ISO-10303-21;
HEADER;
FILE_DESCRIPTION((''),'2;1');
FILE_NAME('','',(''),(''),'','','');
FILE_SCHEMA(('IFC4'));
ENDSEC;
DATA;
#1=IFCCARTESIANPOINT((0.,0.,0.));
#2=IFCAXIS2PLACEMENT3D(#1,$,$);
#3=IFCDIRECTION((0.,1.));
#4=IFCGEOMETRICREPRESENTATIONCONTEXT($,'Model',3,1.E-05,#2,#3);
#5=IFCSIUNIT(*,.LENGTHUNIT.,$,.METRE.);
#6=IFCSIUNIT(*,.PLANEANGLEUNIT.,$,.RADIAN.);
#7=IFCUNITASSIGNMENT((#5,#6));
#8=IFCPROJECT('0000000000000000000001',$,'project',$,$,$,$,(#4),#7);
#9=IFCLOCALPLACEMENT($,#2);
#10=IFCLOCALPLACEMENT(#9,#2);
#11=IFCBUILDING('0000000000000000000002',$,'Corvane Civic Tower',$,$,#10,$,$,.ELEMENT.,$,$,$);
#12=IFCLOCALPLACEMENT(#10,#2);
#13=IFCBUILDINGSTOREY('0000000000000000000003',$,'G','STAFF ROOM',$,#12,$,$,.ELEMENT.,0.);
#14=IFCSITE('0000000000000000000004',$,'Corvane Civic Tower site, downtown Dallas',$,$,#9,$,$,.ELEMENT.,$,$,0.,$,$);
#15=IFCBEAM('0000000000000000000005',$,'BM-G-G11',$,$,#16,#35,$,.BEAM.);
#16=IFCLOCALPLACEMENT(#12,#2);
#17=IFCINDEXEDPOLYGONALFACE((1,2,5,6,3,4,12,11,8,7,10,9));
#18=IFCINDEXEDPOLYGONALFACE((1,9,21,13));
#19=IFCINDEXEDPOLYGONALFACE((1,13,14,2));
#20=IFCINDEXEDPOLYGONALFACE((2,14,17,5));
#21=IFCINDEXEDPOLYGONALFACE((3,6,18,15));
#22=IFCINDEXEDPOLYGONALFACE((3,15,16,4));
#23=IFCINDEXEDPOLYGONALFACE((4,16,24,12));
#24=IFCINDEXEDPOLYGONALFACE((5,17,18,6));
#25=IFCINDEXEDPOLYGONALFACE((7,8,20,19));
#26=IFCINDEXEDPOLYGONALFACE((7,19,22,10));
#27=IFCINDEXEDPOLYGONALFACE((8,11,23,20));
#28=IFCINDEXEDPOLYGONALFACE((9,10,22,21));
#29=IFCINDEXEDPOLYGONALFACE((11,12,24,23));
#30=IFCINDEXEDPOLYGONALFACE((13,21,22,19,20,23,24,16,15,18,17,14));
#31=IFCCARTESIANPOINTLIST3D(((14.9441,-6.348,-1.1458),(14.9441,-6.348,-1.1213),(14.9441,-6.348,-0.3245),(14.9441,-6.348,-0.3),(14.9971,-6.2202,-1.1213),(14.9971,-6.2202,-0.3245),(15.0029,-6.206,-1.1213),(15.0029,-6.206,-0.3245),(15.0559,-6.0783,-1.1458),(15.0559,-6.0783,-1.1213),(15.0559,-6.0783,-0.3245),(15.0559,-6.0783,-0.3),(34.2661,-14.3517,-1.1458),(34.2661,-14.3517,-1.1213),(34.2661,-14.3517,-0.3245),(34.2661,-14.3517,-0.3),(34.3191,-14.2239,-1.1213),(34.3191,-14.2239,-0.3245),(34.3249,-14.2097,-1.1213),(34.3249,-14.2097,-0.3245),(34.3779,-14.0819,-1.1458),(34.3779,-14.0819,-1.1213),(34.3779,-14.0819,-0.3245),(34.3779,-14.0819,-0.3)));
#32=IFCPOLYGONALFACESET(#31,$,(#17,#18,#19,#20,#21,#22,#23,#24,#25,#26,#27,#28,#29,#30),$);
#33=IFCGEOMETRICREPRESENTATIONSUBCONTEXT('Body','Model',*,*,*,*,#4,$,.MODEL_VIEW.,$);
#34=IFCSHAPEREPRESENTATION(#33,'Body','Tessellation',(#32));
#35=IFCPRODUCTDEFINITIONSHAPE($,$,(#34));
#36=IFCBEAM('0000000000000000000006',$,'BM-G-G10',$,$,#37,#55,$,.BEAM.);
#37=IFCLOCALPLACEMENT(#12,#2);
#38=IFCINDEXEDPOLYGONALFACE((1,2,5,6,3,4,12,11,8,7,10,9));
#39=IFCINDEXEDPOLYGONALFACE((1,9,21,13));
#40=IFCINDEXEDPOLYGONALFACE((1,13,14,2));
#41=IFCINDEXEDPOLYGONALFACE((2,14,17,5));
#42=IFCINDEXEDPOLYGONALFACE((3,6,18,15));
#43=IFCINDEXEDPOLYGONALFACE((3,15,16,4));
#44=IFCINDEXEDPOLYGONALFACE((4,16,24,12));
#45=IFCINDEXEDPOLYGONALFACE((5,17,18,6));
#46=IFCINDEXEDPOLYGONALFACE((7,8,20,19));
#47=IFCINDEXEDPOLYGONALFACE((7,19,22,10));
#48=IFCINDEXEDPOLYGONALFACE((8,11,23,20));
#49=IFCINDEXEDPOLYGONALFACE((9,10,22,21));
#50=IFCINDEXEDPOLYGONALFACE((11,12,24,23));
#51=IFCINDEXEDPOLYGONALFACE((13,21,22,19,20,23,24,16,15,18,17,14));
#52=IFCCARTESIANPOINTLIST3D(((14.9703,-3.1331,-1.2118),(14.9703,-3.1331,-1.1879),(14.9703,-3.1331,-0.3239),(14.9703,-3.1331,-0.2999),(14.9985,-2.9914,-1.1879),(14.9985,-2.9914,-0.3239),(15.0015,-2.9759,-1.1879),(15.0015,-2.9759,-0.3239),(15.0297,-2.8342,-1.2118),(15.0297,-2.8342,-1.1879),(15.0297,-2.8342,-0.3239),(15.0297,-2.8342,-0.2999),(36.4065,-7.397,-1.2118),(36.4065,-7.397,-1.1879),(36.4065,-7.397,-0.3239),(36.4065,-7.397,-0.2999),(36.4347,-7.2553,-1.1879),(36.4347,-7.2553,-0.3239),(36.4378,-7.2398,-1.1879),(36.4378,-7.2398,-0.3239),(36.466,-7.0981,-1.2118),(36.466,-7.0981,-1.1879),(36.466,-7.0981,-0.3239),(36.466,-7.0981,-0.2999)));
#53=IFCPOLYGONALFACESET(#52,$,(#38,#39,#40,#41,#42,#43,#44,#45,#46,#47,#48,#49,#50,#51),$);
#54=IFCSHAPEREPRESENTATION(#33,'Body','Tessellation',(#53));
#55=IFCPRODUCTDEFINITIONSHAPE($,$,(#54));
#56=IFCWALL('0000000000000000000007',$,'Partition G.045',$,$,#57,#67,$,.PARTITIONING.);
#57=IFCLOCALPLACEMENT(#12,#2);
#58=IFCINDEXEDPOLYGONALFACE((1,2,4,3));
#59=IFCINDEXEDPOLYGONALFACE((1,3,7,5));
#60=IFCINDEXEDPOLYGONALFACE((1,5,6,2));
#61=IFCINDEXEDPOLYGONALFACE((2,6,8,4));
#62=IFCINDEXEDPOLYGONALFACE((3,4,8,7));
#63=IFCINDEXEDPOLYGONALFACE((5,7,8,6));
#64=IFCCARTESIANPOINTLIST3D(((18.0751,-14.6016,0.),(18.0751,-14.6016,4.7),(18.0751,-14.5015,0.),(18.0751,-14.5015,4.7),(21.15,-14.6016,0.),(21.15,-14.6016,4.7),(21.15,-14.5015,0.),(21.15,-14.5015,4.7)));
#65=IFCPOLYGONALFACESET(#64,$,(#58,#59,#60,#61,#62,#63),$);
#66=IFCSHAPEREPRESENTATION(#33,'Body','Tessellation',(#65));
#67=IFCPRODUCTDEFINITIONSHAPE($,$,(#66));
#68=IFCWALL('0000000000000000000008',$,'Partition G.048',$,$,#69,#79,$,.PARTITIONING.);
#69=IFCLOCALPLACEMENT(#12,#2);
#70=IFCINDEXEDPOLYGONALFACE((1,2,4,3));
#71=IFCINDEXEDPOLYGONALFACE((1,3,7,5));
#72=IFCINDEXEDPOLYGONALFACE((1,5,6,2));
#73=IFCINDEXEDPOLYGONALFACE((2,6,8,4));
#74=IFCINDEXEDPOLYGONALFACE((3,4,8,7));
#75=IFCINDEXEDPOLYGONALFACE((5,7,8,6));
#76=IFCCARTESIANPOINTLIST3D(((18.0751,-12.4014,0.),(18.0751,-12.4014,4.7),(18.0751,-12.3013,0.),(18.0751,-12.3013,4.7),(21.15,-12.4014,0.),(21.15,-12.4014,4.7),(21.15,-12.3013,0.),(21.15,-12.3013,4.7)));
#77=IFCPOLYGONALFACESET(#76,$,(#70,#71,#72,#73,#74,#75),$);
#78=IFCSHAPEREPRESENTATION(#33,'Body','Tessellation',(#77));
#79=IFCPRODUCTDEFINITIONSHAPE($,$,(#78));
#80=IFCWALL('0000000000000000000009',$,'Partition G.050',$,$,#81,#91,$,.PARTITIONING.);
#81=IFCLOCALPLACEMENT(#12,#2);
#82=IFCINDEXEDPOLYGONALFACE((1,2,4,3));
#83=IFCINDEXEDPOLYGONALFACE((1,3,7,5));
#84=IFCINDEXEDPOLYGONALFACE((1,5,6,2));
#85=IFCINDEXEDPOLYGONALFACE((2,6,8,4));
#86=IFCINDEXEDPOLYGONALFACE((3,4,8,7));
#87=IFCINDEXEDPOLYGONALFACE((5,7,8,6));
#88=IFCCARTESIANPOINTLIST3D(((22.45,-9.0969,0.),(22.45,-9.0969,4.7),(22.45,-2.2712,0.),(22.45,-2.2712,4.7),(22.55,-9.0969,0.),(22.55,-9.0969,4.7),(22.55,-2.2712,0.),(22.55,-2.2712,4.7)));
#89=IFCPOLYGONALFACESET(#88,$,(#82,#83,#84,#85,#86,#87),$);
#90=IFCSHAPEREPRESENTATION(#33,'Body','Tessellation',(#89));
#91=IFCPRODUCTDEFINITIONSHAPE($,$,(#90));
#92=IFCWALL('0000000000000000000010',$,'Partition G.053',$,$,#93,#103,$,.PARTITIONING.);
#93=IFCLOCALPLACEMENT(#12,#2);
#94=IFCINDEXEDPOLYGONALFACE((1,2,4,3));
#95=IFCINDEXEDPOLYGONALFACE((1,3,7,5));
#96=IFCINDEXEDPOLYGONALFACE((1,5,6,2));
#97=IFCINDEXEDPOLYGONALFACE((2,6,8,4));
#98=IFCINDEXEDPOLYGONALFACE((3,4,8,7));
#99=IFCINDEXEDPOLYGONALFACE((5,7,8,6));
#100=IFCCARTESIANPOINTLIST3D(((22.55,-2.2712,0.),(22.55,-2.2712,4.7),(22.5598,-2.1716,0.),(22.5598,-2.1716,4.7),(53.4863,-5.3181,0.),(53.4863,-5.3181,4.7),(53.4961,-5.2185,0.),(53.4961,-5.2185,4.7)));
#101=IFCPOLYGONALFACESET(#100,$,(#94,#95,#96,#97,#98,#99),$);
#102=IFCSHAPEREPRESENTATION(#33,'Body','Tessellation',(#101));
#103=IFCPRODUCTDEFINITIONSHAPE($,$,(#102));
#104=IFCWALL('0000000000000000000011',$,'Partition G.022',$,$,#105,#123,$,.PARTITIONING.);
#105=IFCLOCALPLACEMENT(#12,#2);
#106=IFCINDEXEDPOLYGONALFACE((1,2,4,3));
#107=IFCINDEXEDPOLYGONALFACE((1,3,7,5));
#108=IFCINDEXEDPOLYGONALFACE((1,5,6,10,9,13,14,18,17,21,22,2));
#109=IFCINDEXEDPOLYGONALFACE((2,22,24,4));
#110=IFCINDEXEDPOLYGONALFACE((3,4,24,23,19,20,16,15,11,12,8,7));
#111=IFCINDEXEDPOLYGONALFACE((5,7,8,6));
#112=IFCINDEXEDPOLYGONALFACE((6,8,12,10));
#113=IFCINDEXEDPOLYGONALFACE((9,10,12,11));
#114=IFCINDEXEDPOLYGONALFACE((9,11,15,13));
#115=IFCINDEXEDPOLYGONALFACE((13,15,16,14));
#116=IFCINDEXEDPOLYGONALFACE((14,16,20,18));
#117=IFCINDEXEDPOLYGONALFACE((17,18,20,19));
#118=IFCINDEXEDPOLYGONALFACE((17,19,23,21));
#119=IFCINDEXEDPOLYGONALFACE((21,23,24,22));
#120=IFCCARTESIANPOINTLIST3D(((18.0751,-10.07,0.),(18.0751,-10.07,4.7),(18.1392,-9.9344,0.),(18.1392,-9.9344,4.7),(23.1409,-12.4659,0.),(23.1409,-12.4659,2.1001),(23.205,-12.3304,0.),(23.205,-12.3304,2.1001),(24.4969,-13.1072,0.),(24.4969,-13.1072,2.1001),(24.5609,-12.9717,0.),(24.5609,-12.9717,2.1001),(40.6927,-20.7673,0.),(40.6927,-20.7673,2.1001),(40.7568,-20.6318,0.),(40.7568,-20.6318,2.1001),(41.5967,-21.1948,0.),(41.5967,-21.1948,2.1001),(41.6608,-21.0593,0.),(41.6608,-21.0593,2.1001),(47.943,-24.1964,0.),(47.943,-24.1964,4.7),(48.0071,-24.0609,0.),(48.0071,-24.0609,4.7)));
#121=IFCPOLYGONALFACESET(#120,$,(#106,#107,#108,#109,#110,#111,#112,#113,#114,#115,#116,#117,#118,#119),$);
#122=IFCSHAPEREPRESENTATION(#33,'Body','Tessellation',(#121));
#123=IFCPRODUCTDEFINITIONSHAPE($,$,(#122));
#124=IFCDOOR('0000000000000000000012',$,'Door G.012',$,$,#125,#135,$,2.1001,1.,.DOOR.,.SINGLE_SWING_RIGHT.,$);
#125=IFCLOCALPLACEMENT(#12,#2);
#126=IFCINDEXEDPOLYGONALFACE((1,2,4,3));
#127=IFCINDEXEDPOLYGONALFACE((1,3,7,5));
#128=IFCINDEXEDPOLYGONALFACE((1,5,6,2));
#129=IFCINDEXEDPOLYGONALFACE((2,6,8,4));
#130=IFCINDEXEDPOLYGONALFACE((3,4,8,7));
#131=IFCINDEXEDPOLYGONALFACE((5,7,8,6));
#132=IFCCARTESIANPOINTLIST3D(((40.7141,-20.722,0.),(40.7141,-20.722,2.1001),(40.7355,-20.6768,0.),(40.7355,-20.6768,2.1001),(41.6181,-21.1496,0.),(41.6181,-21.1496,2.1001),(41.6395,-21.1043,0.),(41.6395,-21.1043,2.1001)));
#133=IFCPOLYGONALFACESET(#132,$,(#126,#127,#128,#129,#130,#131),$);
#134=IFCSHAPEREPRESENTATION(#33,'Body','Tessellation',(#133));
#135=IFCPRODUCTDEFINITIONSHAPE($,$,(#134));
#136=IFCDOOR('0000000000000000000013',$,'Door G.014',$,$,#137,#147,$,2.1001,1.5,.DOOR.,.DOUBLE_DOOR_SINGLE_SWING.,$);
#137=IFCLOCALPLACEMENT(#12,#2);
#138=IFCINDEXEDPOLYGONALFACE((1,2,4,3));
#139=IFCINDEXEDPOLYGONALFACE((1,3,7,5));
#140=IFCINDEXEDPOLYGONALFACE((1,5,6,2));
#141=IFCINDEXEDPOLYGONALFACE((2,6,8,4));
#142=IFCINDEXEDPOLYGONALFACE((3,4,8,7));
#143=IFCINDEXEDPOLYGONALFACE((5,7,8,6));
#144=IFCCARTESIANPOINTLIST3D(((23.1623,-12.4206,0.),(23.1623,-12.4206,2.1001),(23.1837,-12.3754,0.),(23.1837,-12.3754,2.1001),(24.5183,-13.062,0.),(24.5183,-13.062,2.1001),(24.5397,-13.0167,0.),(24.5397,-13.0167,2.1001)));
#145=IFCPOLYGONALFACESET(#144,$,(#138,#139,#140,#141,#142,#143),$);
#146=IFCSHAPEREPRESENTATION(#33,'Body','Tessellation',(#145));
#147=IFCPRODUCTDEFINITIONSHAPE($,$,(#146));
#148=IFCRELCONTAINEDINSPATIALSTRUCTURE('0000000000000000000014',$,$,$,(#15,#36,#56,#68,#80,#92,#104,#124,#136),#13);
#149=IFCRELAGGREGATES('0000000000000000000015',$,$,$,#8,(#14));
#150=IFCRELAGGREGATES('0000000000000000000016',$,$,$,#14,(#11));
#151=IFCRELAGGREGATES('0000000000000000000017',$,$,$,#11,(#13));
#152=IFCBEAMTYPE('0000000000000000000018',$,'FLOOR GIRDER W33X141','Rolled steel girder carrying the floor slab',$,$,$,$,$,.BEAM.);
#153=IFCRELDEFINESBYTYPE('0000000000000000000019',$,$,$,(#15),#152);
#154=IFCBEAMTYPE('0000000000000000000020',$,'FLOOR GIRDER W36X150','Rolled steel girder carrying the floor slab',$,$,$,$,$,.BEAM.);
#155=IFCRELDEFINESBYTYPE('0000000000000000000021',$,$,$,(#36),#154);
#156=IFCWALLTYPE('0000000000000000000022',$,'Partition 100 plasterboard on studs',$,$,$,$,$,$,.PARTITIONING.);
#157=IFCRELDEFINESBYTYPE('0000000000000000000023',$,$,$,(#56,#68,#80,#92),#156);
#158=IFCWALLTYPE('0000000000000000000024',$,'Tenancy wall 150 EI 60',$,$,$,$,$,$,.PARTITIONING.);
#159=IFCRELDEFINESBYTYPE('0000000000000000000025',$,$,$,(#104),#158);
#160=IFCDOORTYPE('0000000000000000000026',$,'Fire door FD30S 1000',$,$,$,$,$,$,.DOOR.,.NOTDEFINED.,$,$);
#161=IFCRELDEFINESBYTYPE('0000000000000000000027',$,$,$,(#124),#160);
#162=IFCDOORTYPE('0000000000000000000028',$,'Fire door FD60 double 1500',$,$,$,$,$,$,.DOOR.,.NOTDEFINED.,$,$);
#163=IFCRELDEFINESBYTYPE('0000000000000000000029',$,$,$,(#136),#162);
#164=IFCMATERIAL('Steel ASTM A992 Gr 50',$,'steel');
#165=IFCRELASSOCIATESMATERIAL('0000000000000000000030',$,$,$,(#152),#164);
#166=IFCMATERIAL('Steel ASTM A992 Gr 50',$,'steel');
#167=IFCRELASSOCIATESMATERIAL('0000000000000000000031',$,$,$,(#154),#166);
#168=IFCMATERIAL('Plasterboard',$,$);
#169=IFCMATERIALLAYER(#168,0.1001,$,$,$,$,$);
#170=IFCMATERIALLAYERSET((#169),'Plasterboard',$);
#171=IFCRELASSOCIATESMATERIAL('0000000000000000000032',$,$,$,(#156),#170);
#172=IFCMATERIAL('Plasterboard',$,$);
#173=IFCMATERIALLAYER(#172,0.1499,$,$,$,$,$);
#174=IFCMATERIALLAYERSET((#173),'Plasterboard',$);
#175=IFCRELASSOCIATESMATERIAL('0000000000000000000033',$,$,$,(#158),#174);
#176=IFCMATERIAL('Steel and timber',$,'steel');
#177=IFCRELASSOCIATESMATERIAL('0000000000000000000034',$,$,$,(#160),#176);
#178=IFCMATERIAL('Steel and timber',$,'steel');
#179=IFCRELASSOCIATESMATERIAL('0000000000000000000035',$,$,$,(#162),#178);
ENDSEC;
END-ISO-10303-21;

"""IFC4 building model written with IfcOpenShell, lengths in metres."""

from ifc_helpers import new_model, si_unit, direction, frame, frame_2d, origin, origin_2d, place, context, subcontext, project, spatial, rectangle, i_section, extrude, material, layer, layer_set, material_profile, profile_set, type_object, element, fill, save


model = new_model("IFC4")

# Units and contexts
model_context = context("Model", 3, precision=1e-05, world=origin(), true_north=direction((0.0, 1.0)))
body_context = subcontext(model_context, "Body", "Model", "MODEL_VIEW")
ifc_project = project(units=[si_unit("LENGTHUNIT", "METRE"), si_unit("PLANEANGLEUNIT", "RADIAN")], contexts=[model_context])

# Site, building, storey
site_placement = place(None, origin())
site = spatial("IfcSite", under=ifc_project, at=site_placement, Name="Corvane Civic Tower site, downtown Dallas", CompositionType="ELEMENT", RefElevation=0.0)
building_placement = place(site_placement, origin())
building = spatial("IfcBuilding", under=site, at=building_placement, Name="Corvane Civic Tower", CompositionType="ELEMENT")
storey_placement = place(building_placement, origin())
storey = spatial("IfcBuildingStorey", under=building, at=storey_placement, Name="G", Description="STAFF ROOM", CompositionType="ELEMENT", Elevation=0.0)

# Beams
ifc_material_1 = material(Name="Steel ASTM A992 Gr 50", Category="steel")
ifc_material_profile_1 = material_profile(ifc_material_1, i_section(OverallWidth=0.292, OverallDepth=0.8457, WebThickness=0.0154, FlangeThickness=0.0244, at=origin_2d()), Name="W33X141")
ifc_profile_set_1 = profile_set([ifc_material_profile_1], Name="Steel ASTM A992 Gr 50")
beam_type_1 = type_object("IfcBeamType", Name="FLOOR GIRDER W33X141", Description="Rolled steel girder carrying the floor slab", PredefinedType="BEAM", material=ifc_profile_set_1)
beam_1_placement = place(storey_placement, frame((15.0, -6.2131, -0.7229), z_axis=(0.923876, -0.382692, 0.0), x_axis=(0.382692, 0.923876, 0.0)))
element("IfcBeam", 1, at=beam_1_placement, inside=storey, type_object=beam_type_1, Name="BM-G-G11", PredefinedType="BEAM", context=body_context, shape_type="SweptSolid", body=[
    extrude(i_section(OverallWidth=0.292, OverallDepth=0.8457, WebThickness=0.0154, FlangeThickness=0.0244, at=origin_2d()), origin(), (0.0, 0.0, 1.0), 20.9141),
])
ifc_material_2 = material(Name="Steel ASTM A992 Gr 50", Category="steel")
ifc_material_profile_2 = material_profile(ifc_material_2, i_section(OverallWidth=0.3047, OverallDepth=0.9119, WebThickness=0.0159, FlangeThickness=0.0239, at=origin_2d()), Name="W36X150")
ifc_profile_set_2 = profile_set([ifc_material_profile_2], Name="Steel ASTM A992 Gr 50")
beam_type_2 = type_object("IfcBeamType", Name="FLOOR GIRDER W36X150", Description="Rolled steel girder carrying the floor slab", PredefinedType="BEAM", material=ifc_profile_set_2)
beam_2_placement = place(storey_placement, frame((15.0, -2.9836, -0.7559), z_axis=(0.980785, -0.195089, 0.0), x_axis=(0.195089, 0.980785, 0.0)))
element("IfcBeam", 2, at=beam_2_placement, inside=storey, type_object=beam_type_2, Name="BM-G-G10", PredefinedType="BEAM", context=body_context, shape_type="SweptSolid", body=[
    extrude(i_section(OverallWidth=0.3047, OverallDepth=0.9119, WebThickness=0.0159, FlangeThickness=0.0239, at=origin_2d()), origin(), (0.0, 0.0, 1.0), 21.8562),
])

# Walls
ifc_material_3 = material(Name="Plasterboard")
ifc_layer_1 = layer(ifc_material_3, 0.1001)
ifc_layer_set_1 = layer_set([ifc_layer_1], Name="Plasterboard")
wall_type_1 = type_object("IfcWallType", Name="Partition 100 plasterboard on studs", PredefinedType="PARTITIONING", material=ifc_layer_set_1)
for number, where, z_axis, x_axis, name in (
    (3, (18.075, -14.5515, 0.0), (0.0, 0.0, 1.0), (1.0, 0.0, 0.0), "Partition G.045"),
    (4, (18.075, -12.3513, 0.0), (0.0, 0.0, 1.0), (1.0, 0.0, 0.0), "Partition G.048"),
):
    element("IfcWall", number, at=place(storey_placement, frame(where, z_axis=z_axis, x_axis=x_axis)), inside=storey, type_object=wall_type_1, Name=name, PredefinedType="PARTITIONING", context=body_context, shape_type="SweptSolid", body=[
        extrude(rectangle(XDim=3.075, YDim=0.1001, at=frame_2d((1.5376, 0.0))), origin(), (0.0, 0.0, 1.0), 4.7),
    ])
wall_1_placement = place(storey_placement, frame((22.5, -9.0969, 0.0), z_axis=(0.0, 0.0, 1.0), x_axis=(0.0, 1.0, 0.0)))
element("IfcWall", 5, at=wall_1_placement, inside=storey, type_object=wall_type_1, Name="Partition G.050", PredefinedType="PARTITIONING", context=body_context, shape_type="SweptSolid", body=[
    extrude(rectangle(XDim=6.8257, YDim=0.1001, at=frame_2d((3.4128, 0.0))), origin(), (0.0, 0.0, 1.0), 4.7),
])
wall_2_placement = place(storey_placement, frame((22.5549, -2.2214, 0.0), z_axis=(0.0, 0.0, 1.0), x_axis=(0.995185, -0.098015, 0.0)))
element("IfcWall", 6, at=wall_2_placement, inside=storey, type_object=wall_type_1, Name="Partition G.053", PredefinedType="PARTITIONING", context=body_context, shape_type="SweptSolid", body=[
    extrude(rectangle(XDim=31.0859, YDim=0.1001, at=frame_2d((15.543, 0.0))), origin(), (0.0, 0.0, 1.0), 4.7),
])

# Wall, openings, doors
ifc_material_4 = material(Name="Plasterboard")
ifc_layer_2 = layer(ifc_material_4, 0.1499)
ifc_layer_set_2 = layer_set([ifc_layer_2], Name="Plasterboard")
wall_type_2 = type_object("IfcWallType", Name="Tenancy wall 150 EI 60", PredefinedType="PARTITIONING", material=ifc_layer_set_2)
wall_3_placement = place(storey_placement, frame((18.1072, -10.0022, 0.0), z_axis=(0.0, 0.0, 1.0), x_axis=(0.903989, -0.427555, 0.0)))
wall_3 = element("IfcWall", 7, at=wall_3_placement, inside=storey, type_object=wall_type_2, Name="Partition G.022", PredefinedType="PARTITIONING", context=body_context, shape_type="SweptSolid", body=[
    extrude(rectangle(XDim=33.04, YDim=0.1499, at=frame_2d((16.52, 0.0))), origin(), (0.0, 0.0, 1.0), 4.7),
])
opening_1_placement = place(wall_3_placement, frame((25.0198, 0.0, 0.0)))
opening_1 = element("IfcOpeningElement", 8, at=opening_1_placement, cuts=wall_3, PredefinedType="OPENING", context=body_context, shape_type="SweptSolid", body=[
    extrude(rectangle(XDim=1.0, YDim=2.1001, at=frame_2d((0.5, 1.05))), frame((0.0, 0.085, 0.0), z_axis=(0.0, -1.0, 0.0), x_axis=(1.0, 0.0, 0.0)), (0.0, 0.0, 1.0), 0.1699),
])
opening_2_placement = place(wall_3_placement, frame((5.6038, 0.0, 0.0)))
opening_2 = element("IfcOpeningElement", 9, at=opening_2_placement, cuts=wall_3, PredefinedType="OPENING", context=body_context, shape_type="SweptSolid", body=[
    extrude(rectangle(XDim=1.5, YDim=2.1001, at=frame_2d((0.75, 1.05))), frame((0.0, 0.085, 0.0), z_axis=(0.0, -1.0, 0.0), x_axis=(1.0, 0.0, 0.0)), (0.0, 0.0, 1.0), 0.1699),
])
ifc_material_5 = material(Name="Steel and timber", Category="steel")
door_type_1 = type_object("IfcDoorType", Name="Fire door FD30S 1000", OperationType="NOTDEFINED", PredefinedType="DOOR", material=ifc_material_5)
door_1_placement = place(opening_1_placement, frame((1.0, 0.0, 0.0), z_axis=(0.0, 0.0, 1.0), x_axis=(-1.0, 0.0, 0.0)))
door_1 = element("IfcDoor", 10, at=door_1_placement, inside=storey, type_object=door_type_1, Name="Door G.012", OperationType="SINGLE_SWING_RIGHT", OverallHeight=2.1001, OverallWidth=1.0, PredefinedType="DOOR", context=body_context, shape_type="SweptSolid", body=[
    extrude(rectangle(XDim=1.0, YDim=2.1001, at=frame_2d((0.5, 1.05))), frame((0.0, 0.0249, 0.0), z_axis=(0.0, -1.0, 0.0), x_axis=(1.0, 0.0, 0.0)), (0.0, 0.0, 1.0), 0.05),
])
fill(opening_1, door_1)
ifc_material_6 = material(Name="Steel and timber", Category="steel")
door_type_2 = type_object("IfcDoorType", Name="Fire door FD60 double 1500", OperationType="NOTDEFINED", PredefinedType="DOOR", material=ifc_material_6)
door_2_placement = place(opening_2_placement, frame((1.5, 0.0, 0.0), z_axis=(0.0, 0.0, 1.0), x_axis=(-1.0, 0.0, 0.0)))
door_2 = element("IfcDoor", 11, at=door_2_placement, inside=storey, type_object=door_type_2, Name="Door G.014", OperationType="DOUBLE_DOOR_SINGLE_SWING", OverallHeight=2.1001, OverallWidth=1.5, PredefinedType="DOOR", context=body_context, shape_type="SweptSolid", body=[
    extrude(rectangle(XDim=1.5, YDim=2.1001, at=frame_2d((0.75, 1.05))), frame((0.0, 0.0249, 0.0), z_axis=(0.0, -1.0, 0.0), x_axis=(1.0, 0.0, 0.0)), (0.0, 0.0, 1.0), 0.05),
])
fill(opening_2, door_2)

save(model, "model.ifc")
